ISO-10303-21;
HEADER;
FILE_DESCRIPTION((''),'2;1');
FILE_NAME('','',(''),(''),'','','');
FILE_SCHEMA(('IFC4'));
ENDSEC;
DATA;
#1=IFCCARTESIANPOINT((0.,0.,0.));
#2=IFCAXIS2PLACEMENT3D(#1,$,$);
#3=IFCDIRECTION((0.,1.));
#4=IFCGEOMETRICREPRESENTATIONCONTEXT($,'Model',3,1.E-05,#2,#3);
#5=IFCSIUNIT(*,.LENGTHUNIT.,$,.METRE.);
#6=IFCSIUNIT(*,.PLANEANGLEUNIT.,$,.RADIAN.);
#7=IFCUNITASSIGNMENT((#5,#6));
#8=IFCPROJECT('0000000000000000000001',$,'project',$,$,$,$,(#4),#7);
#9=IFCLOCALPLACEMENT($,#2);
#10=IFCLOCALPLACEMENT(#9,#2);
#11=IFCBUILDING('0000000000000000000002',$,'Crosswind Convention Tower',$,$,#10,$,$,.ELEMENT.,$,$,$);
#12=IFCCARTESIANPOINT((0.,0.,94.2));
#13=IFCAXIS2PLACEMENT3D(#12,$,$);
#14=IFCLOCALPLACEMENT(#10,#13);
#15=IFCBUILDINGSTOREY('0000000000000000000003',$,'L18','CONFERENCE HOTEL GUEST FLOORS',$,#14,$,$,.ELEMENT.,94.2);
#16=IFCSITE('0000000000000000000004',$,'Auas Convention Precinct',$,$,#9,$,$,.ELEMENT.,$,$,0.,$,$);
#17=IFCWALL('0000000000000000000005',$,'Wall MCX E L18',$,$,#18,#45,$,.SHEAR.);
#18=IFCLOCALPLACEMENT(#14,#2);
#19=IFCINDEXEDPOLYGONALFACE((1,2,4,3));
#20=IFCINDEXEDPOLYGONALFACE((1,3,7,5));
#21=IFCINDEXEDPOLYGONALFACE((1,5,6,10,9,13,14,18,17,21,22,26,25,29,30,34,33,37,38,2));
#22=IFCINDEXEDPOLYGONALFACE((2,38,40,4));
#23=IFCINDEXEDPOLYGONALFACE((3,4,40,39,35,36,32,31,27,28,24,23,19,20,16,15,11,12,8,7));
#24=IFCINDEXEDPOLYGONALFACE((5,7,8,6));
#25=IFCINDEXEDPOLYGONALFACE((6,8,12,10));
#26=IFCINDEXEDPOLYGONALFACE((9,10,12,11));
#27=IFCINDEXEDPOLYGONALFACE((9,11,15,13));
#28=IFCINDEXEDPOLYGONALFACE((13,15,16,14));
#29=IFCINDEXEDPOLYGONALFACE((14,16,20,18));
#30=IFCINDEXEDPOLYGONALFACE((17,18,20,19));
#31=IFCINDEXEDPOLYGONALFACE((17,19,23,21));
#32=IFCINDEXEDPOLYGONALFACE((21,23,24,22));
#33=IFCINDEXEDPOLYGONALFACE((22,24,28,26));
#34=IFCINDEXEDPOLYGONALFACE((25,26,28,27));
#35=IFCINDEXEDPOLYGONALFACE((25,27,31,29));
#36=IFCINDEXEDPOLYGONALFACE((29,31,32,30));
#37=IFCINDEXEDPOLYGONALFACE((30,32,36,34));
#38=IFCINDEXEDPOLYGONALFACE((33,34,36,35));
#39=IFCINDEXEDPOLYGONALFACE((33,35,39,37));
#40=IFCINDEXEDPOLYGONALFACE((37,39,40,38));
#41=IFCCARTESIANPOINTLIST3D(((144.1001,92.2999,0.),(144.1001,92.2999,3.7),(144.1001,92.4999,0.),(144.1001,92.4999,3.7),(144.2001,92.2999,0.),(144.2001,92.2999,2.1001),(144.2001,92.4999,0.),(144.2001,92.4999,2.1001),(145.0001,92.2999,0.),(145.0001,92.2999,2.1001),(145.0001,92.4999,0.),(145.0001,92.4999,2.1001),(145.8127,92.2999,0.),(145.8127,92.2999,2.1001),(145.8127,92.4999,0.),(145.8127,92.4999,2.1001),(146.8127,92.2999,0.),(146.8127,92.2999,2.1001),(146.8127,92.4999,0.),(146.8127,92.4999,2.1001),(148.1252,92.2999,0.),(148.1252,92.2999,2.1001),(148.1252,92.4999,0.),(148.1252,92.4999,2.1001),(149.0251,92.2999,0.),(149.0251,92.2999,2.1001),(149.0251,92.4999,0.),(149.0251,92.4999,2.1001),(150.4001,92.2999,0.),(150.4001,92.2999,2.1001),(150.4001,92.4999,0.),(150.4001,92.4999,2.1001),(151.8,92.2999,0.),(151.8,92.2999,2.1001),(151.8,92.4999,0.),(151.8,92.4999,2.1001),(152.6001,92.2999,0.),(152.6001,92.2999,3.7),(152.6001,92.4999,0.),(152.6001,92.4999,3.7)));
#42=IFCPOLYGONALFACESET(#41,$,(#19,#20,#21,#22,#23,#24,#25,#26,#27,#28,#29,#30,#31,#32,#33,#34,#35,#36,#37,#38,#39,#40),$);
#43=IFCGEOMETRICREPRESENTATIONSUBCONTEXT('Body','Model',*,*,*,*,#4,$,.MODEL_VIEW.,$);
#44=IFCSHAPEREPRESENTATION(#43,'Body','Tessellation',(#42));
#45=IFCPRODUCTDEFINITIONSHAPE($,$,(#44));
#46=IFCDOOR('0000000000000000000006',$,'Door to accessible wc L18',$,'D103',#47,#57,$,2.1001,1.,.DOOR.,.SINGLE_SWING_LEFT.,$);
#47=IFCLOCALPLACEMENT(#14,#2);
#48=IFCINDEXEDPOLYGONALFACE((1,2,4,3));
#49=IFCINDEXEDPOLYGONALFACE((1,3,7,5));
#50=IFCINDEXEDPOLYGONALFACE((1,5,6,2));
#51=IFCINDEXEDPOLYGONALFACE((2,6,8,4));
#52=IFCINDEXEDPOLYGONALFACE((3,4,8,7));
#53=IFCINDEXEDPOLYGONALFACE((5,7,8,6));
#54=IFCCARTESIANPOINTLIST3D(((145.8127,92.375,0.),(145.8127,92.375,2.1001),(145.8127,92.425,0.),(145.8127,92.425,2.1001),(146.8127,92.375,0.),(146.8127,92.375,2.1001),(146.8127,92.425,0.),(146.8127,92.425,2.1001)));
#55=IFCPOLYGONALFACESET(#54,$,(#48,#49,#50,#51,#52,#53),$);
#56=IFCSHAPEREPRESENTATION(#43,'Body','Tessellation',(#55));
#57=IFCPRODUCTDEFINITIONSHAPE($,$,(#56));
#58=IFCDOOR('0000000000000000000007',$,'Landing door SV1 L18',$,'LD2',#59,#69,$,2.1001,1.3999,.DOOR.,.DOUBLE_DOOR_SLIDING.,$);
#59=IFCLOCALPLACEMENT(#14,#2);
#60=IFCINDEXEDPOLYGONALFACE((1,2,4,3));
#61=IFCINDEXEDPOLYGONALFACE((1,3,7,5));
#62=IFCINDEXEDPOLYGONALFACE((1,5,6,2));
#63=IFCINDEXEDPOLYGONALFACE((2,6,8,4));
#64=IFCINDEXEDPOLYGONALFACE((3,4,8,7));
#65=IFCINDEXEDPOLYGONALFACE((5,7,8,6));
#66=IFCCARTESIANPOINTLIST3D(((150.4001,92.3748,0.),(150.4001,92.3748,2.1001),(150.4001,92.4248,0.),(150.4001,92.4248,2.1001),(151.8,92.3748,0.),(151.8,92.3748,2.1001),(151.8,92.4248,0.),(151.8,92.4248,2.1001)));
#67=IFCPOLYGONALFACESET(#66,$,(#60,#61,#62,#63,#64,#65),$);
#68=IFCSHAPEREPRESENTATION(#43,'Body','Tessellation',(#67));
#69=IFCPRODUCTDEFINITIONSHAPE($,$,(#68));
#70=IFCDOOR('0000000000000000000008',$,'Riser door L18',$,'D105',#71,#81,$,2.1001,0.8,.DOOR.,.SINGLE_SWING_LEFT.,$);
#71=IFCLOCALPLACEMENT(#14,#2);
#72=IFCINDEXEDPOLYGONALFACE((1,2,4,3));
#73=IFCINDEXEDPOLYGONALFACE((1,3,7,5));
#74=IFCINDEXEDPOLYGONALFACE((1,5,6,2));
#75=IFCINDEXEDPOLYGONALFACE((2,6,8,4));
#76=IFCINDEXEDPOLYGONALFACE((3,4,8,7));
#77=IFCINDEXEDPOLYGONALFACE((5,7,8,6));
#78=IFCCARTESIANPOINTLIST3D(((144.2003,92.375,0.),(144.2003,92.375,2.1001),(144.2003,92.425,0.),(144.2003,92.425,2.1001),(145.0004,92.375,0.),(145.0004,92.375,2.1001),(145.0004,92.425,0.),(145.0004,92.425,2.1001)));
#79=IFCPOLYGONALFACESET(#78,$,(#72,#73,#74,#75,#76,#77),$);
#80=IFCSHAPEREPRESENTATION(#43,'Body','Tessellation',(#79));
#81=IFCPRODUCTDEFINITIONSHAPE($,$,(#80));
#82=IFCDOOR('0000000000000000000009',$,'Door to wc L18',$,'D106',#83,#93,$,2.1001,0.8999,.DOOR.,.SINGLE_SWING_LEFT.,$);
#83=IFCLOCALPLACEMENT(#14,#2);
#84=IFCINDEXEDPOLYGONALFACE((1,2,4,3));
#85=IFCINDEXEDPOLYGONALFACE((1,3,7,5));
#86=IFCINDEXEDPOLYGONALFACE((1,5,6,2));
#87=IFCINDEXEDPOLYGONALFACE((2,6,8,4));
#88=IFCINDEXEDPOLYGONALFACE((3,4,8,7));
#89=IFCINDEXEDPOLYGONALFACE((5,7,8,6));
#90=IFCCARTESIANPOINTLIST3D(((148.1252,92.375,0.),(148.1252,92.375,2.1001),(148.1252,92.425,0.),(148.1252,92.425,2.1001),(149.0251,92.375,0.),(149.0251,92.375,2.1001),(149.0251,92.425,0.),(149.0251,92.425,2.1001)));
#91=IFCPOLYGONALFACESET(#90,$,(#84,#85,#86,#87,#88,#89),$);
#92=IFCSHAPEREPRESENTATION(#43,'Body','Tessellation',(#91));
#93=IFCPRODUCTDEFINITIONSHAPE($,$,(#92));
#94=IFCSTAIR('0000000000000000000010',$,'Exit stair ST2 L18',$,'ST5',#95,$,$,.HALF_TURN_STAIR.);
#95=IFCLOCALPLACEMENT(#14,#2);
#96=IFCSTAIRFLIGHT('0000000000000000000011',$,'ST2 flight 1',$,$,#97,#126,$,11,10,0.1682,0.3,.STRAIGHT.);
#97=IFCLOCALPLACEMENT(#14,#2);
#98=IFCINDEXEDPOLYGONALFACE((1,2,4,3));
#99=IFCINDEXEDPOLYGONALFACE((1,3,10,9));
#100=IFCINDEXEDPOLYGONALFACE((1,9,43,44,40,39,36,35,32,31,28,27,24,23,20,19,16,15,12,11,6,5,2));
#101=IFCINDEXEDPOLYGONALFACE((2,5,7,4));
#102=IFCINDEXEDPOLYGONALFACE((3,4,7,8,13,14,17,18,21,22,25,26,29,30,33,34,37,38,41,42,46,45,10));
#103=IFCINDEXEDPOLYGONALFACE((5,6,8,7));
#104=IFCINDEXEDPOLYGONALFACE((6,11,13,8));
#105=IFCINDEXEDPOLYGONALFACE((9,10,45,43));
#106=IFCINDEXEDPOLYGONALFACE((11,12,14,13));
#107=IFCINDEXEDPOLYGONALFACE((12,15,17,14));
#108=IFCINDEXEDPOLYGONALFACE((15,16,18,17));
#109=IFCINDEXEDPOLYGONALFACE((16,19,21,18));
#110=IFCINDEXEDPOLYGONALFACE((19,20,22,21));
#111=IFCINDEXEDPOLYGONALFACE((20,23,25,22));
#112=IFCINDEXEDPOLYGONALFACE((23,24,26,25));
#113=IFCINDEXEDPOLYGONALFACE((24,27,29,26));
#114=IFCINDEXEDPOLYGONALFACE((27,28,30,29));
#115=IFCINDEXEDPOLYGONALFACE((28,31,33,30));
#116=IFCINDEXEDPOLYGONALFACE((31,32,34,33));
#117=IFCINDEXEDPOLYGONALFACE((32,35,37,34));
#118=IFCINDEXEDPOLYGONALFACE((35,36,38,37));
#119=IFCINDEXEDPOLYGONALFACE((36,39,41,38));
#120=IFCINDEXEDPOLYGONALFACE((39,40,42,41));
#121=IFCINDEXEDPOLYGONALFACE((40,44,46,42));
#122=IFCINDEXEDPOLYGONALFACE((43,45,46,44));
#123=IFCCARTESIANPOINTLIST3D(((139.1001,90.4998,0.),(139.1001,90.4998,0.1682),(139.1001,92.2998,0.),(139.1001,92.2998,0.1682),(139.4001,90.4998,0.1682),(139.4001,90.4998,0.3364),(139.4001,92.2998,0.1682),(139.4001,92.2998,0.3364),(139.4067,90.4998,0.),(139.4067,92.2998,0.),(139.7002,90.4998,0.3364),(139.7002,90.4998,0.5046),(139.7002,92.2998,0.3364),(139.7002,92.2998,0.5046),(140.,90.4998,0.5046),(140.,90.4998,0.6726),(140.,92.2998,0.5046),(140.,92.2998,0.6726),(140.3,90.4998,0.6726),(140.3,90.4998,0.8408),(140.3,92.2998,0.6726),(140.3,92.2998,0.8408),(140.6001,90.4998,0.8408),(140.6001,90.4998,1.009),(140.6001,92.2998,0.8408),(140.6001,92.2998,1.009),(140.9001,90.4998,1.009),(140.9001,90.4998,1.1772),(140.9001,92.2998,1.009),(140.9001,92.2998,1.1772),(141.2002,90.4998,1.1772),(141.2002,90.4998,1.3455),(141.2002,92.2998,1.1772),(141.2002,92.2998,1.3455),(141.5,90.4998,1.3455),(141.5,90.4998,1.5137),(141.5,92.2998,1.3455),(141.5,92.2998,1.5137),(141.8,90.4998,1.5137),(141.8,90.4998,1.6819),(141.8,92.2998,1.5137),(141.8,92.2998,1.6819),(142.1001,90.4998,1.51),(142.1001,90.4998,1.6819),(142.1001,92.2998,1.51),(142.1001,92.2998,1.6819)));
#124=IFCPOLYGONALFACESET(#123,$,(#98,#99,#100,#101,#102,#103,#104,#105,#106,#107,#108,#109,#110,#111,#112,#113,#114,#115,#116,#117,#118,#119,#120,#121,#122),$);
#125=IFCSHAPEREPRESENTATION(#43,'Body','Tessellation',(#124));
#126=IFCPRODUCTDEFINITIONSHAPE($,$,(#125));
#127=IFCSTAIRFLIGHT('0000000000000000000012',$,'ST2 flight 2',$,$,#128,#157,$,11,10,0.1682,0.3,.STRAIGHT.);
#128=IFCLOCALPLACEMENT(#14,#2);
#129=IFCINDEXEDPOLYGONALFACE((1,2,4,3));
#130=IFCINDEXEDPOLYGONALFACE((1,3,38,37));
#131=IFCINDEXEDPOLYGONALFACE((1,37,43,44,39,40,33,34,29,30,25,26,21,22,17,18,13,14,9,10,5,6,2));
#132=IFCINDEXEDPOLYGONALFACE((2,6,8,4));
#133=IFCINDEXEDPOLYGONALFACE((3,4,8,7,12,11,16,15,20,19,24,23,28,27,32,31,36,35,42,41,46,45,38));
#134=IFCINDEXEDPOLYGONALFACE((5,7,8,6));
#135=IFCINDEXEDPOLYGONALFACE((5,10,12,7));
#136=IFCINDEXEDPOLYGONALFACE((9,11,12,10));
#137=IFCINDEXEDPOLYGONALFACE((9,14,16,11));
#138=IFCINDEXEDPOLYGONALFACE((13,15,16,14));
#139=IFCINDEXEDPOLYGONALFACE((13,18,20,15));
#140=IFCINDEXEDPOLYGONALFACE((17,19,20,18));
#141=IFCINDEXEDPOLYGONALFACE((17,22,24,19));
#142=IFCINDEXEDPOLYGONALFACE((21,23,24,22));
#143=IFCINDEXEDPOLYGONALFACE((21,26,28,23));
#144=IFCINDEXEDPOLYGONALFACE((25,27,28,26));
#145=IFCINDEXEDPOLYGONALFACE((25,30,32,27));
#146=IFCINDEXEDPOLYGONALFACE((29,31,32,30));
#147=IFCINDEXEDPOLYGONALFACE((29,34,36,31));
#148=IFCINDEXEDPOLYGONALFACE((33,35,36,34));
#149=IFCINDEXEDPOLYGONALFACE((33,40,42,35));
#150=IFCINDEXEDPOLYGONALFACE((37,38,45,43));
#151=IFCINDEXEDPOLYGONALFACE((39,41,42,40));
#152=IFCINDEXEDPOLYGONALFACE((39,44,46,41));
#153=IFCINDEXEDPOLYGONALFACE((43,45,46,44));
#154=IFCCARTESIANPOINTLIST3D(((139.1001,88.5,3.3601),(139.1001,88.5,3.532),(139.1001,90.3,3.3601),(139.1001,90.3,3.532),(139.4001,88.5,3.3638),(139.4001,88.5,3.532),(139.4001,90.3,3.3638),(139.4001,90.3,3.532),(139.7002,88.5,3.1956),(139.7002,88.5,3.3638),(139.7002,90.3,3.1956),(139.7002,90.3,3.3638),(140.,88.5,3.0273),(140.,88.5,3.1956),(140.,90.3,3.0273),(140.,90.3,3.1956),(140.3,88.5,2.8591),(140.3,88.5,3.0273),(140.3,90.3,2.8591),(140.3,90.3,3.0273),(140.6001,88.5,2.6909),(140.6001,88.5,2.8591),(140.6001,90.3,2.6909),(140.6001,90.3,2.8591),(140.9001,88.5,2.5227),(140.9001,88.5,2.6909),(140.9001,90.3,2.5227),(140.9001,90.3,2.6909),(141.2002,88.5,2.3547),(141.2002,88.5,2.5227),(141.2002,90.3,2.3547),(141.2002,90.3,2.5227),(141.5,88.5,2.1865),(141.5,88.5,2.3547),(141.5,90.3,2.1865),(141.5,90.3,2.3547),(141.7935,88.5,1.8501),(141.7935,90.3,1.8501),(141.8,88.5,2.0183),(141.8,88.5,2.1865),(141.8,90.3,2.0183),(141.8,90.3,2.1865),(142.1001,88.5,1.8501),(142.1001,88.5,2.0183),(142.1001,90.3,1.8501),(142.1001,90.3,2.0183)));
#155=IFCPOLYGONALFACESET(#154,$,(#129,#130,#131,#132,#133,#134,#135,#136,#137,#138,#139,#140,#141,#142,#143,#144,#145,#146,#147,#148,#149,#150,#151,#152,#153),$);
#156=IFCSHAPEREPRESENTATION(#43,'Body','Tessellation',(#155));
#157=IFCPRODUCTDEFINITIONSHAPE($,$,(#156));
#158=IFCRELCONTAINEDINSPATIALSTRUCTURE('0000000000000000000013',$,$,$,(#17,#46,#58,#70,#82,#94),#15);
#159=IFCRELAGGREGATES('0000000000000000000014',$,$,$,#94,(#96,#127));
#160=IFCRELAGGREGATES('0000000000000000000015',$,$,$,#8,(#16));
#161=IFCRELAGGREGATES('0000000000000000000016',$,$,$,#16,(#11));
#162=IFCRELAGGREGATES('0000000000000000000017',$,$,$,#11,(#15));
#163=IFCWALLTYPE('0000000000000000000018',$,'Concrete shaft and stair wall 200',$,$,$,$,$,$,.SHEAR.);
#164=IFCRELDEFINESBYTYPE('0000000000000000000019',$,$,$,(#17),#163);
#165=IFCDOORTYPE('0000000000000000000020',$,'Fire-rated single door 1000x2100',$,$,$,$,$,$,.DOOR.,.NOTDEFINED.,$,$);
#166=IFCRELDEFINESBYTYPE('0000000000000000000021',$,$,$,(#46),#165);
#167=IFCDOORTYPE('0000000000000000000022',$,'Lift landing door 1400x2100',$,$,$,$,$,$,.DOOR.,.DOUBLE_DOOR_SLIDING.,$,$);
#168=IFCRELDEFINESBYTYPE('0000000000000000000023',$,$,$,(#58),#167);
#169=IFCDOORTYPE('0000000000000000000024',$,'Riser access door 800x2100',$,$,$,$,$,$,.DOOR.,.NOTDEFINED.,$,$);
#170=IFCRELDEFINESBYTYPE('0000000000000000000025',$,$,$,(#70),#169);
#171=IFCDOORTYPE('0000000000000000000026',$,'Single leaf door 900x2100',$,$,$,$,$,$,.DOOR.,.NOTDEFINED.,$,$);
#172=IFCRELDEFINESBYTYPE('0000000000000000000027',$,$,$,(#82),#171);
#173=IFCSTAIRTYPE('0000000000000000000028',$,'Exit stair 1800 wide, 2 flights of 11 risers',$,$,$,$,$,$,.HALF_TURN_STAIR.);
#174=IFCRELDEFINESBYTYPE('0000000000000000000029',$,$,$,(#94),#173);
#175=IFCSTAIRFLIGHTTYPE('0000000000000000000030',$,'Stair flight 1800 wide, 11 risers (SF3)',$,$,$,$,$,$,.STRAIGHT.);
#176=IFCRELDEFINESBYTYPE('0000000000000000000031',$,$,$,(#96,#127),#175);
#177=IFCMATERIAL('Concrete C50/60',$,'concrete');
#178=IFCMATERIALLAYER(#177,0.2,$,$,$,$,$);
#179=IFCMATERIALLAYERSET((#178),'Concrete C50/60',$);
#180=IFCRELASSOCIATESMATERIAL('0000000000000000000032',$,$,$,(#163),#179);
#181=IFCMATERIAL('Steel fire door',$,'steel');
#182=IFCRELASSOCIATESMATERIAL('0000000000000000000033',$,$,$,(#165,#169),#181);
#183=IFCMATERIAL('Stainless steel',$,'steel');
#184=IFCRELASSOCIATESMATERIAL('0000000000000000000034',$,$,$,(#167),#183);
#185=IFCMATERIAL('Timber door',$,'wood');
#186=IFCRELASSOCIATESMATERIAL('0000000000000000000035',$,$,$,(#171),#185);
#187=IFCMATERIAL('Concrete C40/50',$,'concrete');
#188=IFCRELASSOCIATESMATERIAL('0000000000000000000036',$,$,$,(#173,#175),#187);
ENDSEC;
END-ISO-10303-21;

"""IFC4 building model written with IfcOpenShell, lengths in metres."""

from ifc_helpers import new_model, si_unit, direction, frame, frame_2d, origin, place, context, subcontext, project, spatial, polyline, rectangle, outline, extrude, material, layer, layer_set, type_object, element, fill, aggregate, save


model = new_model("IFC4")

# Units and contexts
model_context = context("Model", 3, precision=1e-05, world=origin(), true_north=direction((0.0, 1.0)))
body_context = subcontext(model_context, "Body", "Model", "MODEL_VIEW")
ifc_project = project(units=[si_unit("LENGTHUNIT", "METRE"), si_unit("PLANEANGLEUNIT", "RADIAN")], contexts=[model_context])

# Site, building, storey
site_placement = place(None, origin())
site = spatial("IfcSite", under=ifc_project, at=site_placement, Name="Auas Convention Precinct", CompositionType="ELEMENT", RefElevation=0.0)
building_placement = place(site_placement, origin())
building = spatial("IfcBuilding", under=site, at=building_placement, Name="Crosswind Convention Tower", CompositionType="ELEMENT")
storey_placement = place(building_placement, frame((0.0, 0.0, 94.2)))
storey = spatial("IfcBuildingStorey", under=building, at=storey_placement, Name="L18", Description="CONFERENCE HOTEL GUEST FLOORS", CompositionType="ELEMENT", Elevation=94.2)

# Shared definitions
ifc_material_1 = material(Name="Concrete C50/60", Category="concrete")
ifc_layer = layer(ifc_material_1, 0.2)
ifc_layer_set = layer_set([ifc_layer], Name="Concrete C50/60")
wall_type = type_object("IfcWallType", Name="Concrete shaft and stair wall 200", PredefinedType="SHEAR", material=ifc_layer_set)

# Shared definitions
ifc_material_2 = material(Name="Stainless steel", Category="steel")

# Shared definitions
ifc_material_3 = material(Name="Steel fire door", Category="steel")
door_type_1 = type_object("IfcDoorType", Name="Fire-rated single door 1000x2100", OperationType="NOTDEFINED", PredefinedType="DOOR", material=ifc_material_3)

# Wall, openings, doors
wall_1_placement = place(storey_placement, frame((144.1001, 92.3999, 0.0), z_axis=(0.0, 0.0, 1.0), x_axis=(1.0, 0.0, 0.0)))
wall_1 = element("IfcWall", 1, at=wall_1_placement, inside=storey, type_object=wall_type, Name="Wall MCX E L18", PredefinedType="SHEAR", context=body_context, shape_type="SweptSolid", body=[
    extrude(rectangle(XDim=8.5, YDim=0.2, at=frame_2d((4.25, 0.0))), origin(), (0.0, 0.0, 1.0), 3.7),
])
opening_1_placement = place(wall_1_placement, frame((0.1001, 0.0, 0.0)))
opening_1 = element("IfcOpeningElement", 2, at=opening_1_placement, cuts=wall_1, PredefinedType="OPENING", context=body_context, shape_type="SweptSolid", body=[
    extrude(rectangle(XDim=0.8, YDim=2.1001, at=frame_2d((0.3999, 1.05))), frame((0.0, 0.1099, 0.0), z_axis=(0.0, -1.0, 0.0), x_axis=(1.0, 0.0, 0.0)), (0.0, 0.0, 1.0), 0.22),
])
opening_2_placement = place(wall_1_placement, frame((1.7126, 0.0, 0.0)))
opening_2 = element("IfcOpeningElement", 3, at=opening_2_placement, cuts=wall_1, PredefinedType="OPENING", context=body_context, shape_type="SweptSolid", body=[
    extrude(rectangle(XDim=1.0, YDim=2.1001, at=frame_2d((0.5, 1.05))), frame((0.0, 0.1099, 0.0), z_axis=(0.0, -1.0, 0.0), x_axis=(1.0, 0.0, 0.0)), (0.0, 0.0, 1.0), 0.22),
])
opening_3_placement = place(wall_1_placement, frame((4.0251, 0.0, 0.0)))
opening_3 = element("IfcOpeningElement", 4, at=opening_3_placement, cuts=wall_1, PredefinedType="OPENING", context=body_context, shape_type="SweptSolid", body=[
    extrude(rectangle(XDim=0.8999, YDim=2.1001, at=frame_2d((0.45, 1.05))), frame((0.0, 0.1099, 0.0), z_axis=(0.0, -1.0, 0.0), x_axis=(1.0, 0.0, 0.0)), (0.0, 0.0, 1.0), 0.22),
])
opening_4_placement = place(wall_1_placement, frame((6.3, 0.0, 0.0)))
opening_4 = element("IfcOpeningElement", 5, at=opening_4_placement, cuts=wall_1, PredefinedType="OPENING", context=body_context, shape_type="SweptSolid", body=[
    extrude(rectangle(XDim=1.3999, YDim=2.1001, at=frame_2d((0.7, 1.05))), frame((0.0, 0.1099, 0.0), z_axis=(0.0, -1.0, 0.0), x_axis=(1.0, 0.0, 0.0)), (0.0, 0.0, 1.0), 0.22),
])
door_1_placement = place(opening_2_placement, frame((1.0, 0.0, 0.0), z_axis=(0.0, 0.0, 1.0), x_axis=(-1.0, 0.0, 0.0)))
door_1 = element("IfcDoor", 6, at=door_1_placement, inside=storey, type_object=door_type_1, Name="Door to accessible wc L18", ObjectType="D103", OperationType="SINGLE_SWING_LEFT", OverallHeight=2.1001, OverallWidth=1.0, PredefinedType="DOOR", context=body_context, shape_type="SweptSolid", body=[
    extrude(rectangle(XDim=1.0, YDim=2.1001, at=frame_2d((0.5, 1.05))), frame((0.0, 0.0249, 0.0), z_axis=(0.0, -1.0, 0.0), x_axis=(1.0, 0.0, 0.0)), (0.0, 0.0, 1.0), 0.05),
])
fill(opening_2, door_1)
door_type_2 = type_object("IfcDoorType", Name="Lift landing door 1400x2100", OperationType="DOUBLE_DOOR_SLIDING", PredefinedType="DOOR", material=ifc_material_2)
door_2_placement = place(opening_4_placement, origin())
door_2 = element("IfcDoor", 7, at=door_2_placement, inside=storey, type_object=door_type_2, Name="Landing door SV1 L18", ObjectType="LD2", OperationType="DOUBLE_DOOR_SLIDING", OverallHeight=2.1001, OverallWidth=1.3999, PredefinedType="DOOR", context=body_context, shape_type="SweptSolid", body=[
    extrude(rectangle(XDim=1.3999, YDim=2.1001, at=frame_2d((0.7, 1.05))), frame((0.0, 0.0249, 0.0), z_axis=(0.0, -1.0, 0.0), x_axis=(1.0, 0.0, 0.0)), (0.0, 0.0, 1.0), 0.05),
])
fill(opening_4, door_2)
door_type_3 = type_object("IfcDoorType", Name="Riser access door 800x2100", OperationType="NOTDEFINED", PredefinedType="DOOR", material=ifc_material_3)
door_3_placement = place(opening_1_placement, frame((0.8, 0.0, 0.0), z_axis=(0.0, 0.0, 1.0), x_axis=(-1.0, 0.0, 0.0)))
door_3 = element("IfcDoor", 8, at=door_3_placement, inside=storey, type_object=door_type_3, Name="Riser door L18", ObjectType="D105", OperationType="SINGLE_SWING_LEFT", OverallHeight=2.1001, OverallWidth=0.8, PredefinedType="DOOR", context=body_context, shape_type="SweptSolid", body=[
    extrude(rectangle(XDim=0.8, YDim=2.1001, at=frame_2d((0.3999, 1.05))), frame((0.0, 0.0249, 0.0), z_axis=(0.0, -1.0, 0.0), x_axis=(1.0, 0.0, 0.0)), (0.0, 0.0, 1.0), 0.05),
])
fill(opening_1, door_3)
ifc_material_4 = material(Name="Timber door", Category="wood")
door_type_4 = type_object("IfcDoorType", Name="Single leaf door 900x2100", OperationType="NOTDEFINED", PredefinedType="DOOR", material=ifc_material_4)
door_4_placement = place(opening_3_placement, frame((0.8999, 0.0, 0.0), z_axis=(0.0, 0.0, 1.0), x_axis=(-1.0, 0.0, 0.0)))
door_4 = element("IfcDoor", 9, at=door_4_placement, inside=storey, type_object=door_type_4, Name="Door to wc L18", ObjectType="D106", OperationType="SINGLE_SWING_LEFT", OverallHeight=2.1001, OverallWidth=0.8999, PredefinedType="DOOR", context=body_context, shape_type="SweptSolid", body=[
    extrude(rectangle(XDim=0.8999, YDim=2.1001, at=frame_2d((0.45, 1.05))), frame((0.0, 0.0249, 0.0), z_axis=(0.0, -1.0, 0.0), x_axis=(1.0, 0.0, 0.0)), (0.0, 0.0, 1.0), 0.05),
])
fill(opening_3, door_4)

# Stair, stair flights
ifc_material_5 = material(Name="Concrete C40/50", Category="concrete")
stair_type = type_object("IfcStairType", Name="Exit stair 1800 wide, 2 flights of 11 risers", PredefinedType="HALF_TURN_STAIR", material=ifc_material_5)
stair_placement = place(storey_placement, origin())
stair = element("IfcStair", 10, at=stair_placement, inside=storey, type_object=stair_type, Name="Exit stair ST2 L18", ObjectType="ST5", PredefinedType="HALF_TURN_STAIR")
stair_flight_type = type_object("IfcStairFlightType", Name="Stair flight 1800 wide, 11 risers (SF3)", PredefinedType="STRAIGHT", material=ifc_material_5)
stair_flight_1_placement = place(storey_placement, frame((139.1001, 91.3999, 0.0), z_axis=(0.0, 0.0, 1.0), x_axis=(1.0, 0.0, 0.0)))
stair_flight_1 = element("IfcStairFlight", 11, at=stair_flight_1_placement, type_object=stair_flight_type, Name="ST2 flight 1", NumberOfRisers=11, NumberOfTreads=10, PredefinedType="STRAIGHT", RiserHeight=0.1682, TreadLength=0.3, context=body_context, shape_type="SweptSolid", body=[
    extrude(outline(polyline([(0.0, 0.0), (0.0, 0.1682), (0.3, 0.1682), (0.3, 0.3364), (0.6001, 0.3364), (0.6001, 0.5046), (0.8999, 0.5046), (0.8999, 0.6726), (1.2, 0.6726), (1.2, 0.8408), (1.5, 0.8408), (1.5, 1.009), (1.8, 1.009), (1.8, 1.1772), (2.1001, 1.1772), (2.1001, 1.3455), (2.3999, 1.3455), (2.3999, 1.5137), (2.7, 1.5137), (2.7, 1.6819), (3.0, 1.6819), (3.0, 1.8501), (3.0, 1.51), (0.3066, 0.0), (0.0, 0.0)])), frame((0.0, 0.8999, 0.0), z_axis=(0.0, -1.0, 0.0), x_axis=(1.0, 0.0, 0.0)), (0.0, 0.0, 1.0), 1.8),
])
stair_flight_2_placement = place(storey_placement, frame((142.1001, 89.3999, 1.8501), z_axis=(0.0, 0.0, 1.0), x_axis=(-1.0, 0.0, 0.0)))
stair_flight_2 = element("IfcStairFlight", 12, at=stair_flight_2_placement, type_object=stair_flight_type, Name="ST2 flight 2", NumberOfRisers=11, NumberOfTreads=10, PredefinedType="STRAIGHT", RiserHeight=0.1682, TreadLength=0.3, context=body_context, shape_type="SweptSolid", body=[
    extrude(outline(polyline([(0.0, 0.0), (0.0, 0.1682), (0.3, 0.1682), (0.3, 0.3364), (0.6001, 0.3364), (0.6001, 0.5046), (0.8999, 0.5046), (0.8999, 0.6726), (1.2, 0.6726), (1.2, 0.8408), (1.5, 0.8408), (1.5, 1.009), (1.8, 1.009), (1.8, 1.1772), (2.1001, 1.1772), (2.1001, 1.3455), (2.3999, 1.3455), (2.3999, 1.5137), (2.7, 1.5137), (2.7, 1.6819), (3.0, 1.6819), (3.0, 1.8501), (3.0, 1.51), (0.3066, 0.0), (0.0, 0.0)])), frame((0.0, 0.8999, 0.0), z_axis=(0.0, -1.0, 0.0), x_axis=(1.0, 0.0, 0.0)), (0.0, 0.0, 1.0), 1.8),
])
aggregate(stair, [stair_flight_1, stair_flight_2])

save(model, "model.ifc")
